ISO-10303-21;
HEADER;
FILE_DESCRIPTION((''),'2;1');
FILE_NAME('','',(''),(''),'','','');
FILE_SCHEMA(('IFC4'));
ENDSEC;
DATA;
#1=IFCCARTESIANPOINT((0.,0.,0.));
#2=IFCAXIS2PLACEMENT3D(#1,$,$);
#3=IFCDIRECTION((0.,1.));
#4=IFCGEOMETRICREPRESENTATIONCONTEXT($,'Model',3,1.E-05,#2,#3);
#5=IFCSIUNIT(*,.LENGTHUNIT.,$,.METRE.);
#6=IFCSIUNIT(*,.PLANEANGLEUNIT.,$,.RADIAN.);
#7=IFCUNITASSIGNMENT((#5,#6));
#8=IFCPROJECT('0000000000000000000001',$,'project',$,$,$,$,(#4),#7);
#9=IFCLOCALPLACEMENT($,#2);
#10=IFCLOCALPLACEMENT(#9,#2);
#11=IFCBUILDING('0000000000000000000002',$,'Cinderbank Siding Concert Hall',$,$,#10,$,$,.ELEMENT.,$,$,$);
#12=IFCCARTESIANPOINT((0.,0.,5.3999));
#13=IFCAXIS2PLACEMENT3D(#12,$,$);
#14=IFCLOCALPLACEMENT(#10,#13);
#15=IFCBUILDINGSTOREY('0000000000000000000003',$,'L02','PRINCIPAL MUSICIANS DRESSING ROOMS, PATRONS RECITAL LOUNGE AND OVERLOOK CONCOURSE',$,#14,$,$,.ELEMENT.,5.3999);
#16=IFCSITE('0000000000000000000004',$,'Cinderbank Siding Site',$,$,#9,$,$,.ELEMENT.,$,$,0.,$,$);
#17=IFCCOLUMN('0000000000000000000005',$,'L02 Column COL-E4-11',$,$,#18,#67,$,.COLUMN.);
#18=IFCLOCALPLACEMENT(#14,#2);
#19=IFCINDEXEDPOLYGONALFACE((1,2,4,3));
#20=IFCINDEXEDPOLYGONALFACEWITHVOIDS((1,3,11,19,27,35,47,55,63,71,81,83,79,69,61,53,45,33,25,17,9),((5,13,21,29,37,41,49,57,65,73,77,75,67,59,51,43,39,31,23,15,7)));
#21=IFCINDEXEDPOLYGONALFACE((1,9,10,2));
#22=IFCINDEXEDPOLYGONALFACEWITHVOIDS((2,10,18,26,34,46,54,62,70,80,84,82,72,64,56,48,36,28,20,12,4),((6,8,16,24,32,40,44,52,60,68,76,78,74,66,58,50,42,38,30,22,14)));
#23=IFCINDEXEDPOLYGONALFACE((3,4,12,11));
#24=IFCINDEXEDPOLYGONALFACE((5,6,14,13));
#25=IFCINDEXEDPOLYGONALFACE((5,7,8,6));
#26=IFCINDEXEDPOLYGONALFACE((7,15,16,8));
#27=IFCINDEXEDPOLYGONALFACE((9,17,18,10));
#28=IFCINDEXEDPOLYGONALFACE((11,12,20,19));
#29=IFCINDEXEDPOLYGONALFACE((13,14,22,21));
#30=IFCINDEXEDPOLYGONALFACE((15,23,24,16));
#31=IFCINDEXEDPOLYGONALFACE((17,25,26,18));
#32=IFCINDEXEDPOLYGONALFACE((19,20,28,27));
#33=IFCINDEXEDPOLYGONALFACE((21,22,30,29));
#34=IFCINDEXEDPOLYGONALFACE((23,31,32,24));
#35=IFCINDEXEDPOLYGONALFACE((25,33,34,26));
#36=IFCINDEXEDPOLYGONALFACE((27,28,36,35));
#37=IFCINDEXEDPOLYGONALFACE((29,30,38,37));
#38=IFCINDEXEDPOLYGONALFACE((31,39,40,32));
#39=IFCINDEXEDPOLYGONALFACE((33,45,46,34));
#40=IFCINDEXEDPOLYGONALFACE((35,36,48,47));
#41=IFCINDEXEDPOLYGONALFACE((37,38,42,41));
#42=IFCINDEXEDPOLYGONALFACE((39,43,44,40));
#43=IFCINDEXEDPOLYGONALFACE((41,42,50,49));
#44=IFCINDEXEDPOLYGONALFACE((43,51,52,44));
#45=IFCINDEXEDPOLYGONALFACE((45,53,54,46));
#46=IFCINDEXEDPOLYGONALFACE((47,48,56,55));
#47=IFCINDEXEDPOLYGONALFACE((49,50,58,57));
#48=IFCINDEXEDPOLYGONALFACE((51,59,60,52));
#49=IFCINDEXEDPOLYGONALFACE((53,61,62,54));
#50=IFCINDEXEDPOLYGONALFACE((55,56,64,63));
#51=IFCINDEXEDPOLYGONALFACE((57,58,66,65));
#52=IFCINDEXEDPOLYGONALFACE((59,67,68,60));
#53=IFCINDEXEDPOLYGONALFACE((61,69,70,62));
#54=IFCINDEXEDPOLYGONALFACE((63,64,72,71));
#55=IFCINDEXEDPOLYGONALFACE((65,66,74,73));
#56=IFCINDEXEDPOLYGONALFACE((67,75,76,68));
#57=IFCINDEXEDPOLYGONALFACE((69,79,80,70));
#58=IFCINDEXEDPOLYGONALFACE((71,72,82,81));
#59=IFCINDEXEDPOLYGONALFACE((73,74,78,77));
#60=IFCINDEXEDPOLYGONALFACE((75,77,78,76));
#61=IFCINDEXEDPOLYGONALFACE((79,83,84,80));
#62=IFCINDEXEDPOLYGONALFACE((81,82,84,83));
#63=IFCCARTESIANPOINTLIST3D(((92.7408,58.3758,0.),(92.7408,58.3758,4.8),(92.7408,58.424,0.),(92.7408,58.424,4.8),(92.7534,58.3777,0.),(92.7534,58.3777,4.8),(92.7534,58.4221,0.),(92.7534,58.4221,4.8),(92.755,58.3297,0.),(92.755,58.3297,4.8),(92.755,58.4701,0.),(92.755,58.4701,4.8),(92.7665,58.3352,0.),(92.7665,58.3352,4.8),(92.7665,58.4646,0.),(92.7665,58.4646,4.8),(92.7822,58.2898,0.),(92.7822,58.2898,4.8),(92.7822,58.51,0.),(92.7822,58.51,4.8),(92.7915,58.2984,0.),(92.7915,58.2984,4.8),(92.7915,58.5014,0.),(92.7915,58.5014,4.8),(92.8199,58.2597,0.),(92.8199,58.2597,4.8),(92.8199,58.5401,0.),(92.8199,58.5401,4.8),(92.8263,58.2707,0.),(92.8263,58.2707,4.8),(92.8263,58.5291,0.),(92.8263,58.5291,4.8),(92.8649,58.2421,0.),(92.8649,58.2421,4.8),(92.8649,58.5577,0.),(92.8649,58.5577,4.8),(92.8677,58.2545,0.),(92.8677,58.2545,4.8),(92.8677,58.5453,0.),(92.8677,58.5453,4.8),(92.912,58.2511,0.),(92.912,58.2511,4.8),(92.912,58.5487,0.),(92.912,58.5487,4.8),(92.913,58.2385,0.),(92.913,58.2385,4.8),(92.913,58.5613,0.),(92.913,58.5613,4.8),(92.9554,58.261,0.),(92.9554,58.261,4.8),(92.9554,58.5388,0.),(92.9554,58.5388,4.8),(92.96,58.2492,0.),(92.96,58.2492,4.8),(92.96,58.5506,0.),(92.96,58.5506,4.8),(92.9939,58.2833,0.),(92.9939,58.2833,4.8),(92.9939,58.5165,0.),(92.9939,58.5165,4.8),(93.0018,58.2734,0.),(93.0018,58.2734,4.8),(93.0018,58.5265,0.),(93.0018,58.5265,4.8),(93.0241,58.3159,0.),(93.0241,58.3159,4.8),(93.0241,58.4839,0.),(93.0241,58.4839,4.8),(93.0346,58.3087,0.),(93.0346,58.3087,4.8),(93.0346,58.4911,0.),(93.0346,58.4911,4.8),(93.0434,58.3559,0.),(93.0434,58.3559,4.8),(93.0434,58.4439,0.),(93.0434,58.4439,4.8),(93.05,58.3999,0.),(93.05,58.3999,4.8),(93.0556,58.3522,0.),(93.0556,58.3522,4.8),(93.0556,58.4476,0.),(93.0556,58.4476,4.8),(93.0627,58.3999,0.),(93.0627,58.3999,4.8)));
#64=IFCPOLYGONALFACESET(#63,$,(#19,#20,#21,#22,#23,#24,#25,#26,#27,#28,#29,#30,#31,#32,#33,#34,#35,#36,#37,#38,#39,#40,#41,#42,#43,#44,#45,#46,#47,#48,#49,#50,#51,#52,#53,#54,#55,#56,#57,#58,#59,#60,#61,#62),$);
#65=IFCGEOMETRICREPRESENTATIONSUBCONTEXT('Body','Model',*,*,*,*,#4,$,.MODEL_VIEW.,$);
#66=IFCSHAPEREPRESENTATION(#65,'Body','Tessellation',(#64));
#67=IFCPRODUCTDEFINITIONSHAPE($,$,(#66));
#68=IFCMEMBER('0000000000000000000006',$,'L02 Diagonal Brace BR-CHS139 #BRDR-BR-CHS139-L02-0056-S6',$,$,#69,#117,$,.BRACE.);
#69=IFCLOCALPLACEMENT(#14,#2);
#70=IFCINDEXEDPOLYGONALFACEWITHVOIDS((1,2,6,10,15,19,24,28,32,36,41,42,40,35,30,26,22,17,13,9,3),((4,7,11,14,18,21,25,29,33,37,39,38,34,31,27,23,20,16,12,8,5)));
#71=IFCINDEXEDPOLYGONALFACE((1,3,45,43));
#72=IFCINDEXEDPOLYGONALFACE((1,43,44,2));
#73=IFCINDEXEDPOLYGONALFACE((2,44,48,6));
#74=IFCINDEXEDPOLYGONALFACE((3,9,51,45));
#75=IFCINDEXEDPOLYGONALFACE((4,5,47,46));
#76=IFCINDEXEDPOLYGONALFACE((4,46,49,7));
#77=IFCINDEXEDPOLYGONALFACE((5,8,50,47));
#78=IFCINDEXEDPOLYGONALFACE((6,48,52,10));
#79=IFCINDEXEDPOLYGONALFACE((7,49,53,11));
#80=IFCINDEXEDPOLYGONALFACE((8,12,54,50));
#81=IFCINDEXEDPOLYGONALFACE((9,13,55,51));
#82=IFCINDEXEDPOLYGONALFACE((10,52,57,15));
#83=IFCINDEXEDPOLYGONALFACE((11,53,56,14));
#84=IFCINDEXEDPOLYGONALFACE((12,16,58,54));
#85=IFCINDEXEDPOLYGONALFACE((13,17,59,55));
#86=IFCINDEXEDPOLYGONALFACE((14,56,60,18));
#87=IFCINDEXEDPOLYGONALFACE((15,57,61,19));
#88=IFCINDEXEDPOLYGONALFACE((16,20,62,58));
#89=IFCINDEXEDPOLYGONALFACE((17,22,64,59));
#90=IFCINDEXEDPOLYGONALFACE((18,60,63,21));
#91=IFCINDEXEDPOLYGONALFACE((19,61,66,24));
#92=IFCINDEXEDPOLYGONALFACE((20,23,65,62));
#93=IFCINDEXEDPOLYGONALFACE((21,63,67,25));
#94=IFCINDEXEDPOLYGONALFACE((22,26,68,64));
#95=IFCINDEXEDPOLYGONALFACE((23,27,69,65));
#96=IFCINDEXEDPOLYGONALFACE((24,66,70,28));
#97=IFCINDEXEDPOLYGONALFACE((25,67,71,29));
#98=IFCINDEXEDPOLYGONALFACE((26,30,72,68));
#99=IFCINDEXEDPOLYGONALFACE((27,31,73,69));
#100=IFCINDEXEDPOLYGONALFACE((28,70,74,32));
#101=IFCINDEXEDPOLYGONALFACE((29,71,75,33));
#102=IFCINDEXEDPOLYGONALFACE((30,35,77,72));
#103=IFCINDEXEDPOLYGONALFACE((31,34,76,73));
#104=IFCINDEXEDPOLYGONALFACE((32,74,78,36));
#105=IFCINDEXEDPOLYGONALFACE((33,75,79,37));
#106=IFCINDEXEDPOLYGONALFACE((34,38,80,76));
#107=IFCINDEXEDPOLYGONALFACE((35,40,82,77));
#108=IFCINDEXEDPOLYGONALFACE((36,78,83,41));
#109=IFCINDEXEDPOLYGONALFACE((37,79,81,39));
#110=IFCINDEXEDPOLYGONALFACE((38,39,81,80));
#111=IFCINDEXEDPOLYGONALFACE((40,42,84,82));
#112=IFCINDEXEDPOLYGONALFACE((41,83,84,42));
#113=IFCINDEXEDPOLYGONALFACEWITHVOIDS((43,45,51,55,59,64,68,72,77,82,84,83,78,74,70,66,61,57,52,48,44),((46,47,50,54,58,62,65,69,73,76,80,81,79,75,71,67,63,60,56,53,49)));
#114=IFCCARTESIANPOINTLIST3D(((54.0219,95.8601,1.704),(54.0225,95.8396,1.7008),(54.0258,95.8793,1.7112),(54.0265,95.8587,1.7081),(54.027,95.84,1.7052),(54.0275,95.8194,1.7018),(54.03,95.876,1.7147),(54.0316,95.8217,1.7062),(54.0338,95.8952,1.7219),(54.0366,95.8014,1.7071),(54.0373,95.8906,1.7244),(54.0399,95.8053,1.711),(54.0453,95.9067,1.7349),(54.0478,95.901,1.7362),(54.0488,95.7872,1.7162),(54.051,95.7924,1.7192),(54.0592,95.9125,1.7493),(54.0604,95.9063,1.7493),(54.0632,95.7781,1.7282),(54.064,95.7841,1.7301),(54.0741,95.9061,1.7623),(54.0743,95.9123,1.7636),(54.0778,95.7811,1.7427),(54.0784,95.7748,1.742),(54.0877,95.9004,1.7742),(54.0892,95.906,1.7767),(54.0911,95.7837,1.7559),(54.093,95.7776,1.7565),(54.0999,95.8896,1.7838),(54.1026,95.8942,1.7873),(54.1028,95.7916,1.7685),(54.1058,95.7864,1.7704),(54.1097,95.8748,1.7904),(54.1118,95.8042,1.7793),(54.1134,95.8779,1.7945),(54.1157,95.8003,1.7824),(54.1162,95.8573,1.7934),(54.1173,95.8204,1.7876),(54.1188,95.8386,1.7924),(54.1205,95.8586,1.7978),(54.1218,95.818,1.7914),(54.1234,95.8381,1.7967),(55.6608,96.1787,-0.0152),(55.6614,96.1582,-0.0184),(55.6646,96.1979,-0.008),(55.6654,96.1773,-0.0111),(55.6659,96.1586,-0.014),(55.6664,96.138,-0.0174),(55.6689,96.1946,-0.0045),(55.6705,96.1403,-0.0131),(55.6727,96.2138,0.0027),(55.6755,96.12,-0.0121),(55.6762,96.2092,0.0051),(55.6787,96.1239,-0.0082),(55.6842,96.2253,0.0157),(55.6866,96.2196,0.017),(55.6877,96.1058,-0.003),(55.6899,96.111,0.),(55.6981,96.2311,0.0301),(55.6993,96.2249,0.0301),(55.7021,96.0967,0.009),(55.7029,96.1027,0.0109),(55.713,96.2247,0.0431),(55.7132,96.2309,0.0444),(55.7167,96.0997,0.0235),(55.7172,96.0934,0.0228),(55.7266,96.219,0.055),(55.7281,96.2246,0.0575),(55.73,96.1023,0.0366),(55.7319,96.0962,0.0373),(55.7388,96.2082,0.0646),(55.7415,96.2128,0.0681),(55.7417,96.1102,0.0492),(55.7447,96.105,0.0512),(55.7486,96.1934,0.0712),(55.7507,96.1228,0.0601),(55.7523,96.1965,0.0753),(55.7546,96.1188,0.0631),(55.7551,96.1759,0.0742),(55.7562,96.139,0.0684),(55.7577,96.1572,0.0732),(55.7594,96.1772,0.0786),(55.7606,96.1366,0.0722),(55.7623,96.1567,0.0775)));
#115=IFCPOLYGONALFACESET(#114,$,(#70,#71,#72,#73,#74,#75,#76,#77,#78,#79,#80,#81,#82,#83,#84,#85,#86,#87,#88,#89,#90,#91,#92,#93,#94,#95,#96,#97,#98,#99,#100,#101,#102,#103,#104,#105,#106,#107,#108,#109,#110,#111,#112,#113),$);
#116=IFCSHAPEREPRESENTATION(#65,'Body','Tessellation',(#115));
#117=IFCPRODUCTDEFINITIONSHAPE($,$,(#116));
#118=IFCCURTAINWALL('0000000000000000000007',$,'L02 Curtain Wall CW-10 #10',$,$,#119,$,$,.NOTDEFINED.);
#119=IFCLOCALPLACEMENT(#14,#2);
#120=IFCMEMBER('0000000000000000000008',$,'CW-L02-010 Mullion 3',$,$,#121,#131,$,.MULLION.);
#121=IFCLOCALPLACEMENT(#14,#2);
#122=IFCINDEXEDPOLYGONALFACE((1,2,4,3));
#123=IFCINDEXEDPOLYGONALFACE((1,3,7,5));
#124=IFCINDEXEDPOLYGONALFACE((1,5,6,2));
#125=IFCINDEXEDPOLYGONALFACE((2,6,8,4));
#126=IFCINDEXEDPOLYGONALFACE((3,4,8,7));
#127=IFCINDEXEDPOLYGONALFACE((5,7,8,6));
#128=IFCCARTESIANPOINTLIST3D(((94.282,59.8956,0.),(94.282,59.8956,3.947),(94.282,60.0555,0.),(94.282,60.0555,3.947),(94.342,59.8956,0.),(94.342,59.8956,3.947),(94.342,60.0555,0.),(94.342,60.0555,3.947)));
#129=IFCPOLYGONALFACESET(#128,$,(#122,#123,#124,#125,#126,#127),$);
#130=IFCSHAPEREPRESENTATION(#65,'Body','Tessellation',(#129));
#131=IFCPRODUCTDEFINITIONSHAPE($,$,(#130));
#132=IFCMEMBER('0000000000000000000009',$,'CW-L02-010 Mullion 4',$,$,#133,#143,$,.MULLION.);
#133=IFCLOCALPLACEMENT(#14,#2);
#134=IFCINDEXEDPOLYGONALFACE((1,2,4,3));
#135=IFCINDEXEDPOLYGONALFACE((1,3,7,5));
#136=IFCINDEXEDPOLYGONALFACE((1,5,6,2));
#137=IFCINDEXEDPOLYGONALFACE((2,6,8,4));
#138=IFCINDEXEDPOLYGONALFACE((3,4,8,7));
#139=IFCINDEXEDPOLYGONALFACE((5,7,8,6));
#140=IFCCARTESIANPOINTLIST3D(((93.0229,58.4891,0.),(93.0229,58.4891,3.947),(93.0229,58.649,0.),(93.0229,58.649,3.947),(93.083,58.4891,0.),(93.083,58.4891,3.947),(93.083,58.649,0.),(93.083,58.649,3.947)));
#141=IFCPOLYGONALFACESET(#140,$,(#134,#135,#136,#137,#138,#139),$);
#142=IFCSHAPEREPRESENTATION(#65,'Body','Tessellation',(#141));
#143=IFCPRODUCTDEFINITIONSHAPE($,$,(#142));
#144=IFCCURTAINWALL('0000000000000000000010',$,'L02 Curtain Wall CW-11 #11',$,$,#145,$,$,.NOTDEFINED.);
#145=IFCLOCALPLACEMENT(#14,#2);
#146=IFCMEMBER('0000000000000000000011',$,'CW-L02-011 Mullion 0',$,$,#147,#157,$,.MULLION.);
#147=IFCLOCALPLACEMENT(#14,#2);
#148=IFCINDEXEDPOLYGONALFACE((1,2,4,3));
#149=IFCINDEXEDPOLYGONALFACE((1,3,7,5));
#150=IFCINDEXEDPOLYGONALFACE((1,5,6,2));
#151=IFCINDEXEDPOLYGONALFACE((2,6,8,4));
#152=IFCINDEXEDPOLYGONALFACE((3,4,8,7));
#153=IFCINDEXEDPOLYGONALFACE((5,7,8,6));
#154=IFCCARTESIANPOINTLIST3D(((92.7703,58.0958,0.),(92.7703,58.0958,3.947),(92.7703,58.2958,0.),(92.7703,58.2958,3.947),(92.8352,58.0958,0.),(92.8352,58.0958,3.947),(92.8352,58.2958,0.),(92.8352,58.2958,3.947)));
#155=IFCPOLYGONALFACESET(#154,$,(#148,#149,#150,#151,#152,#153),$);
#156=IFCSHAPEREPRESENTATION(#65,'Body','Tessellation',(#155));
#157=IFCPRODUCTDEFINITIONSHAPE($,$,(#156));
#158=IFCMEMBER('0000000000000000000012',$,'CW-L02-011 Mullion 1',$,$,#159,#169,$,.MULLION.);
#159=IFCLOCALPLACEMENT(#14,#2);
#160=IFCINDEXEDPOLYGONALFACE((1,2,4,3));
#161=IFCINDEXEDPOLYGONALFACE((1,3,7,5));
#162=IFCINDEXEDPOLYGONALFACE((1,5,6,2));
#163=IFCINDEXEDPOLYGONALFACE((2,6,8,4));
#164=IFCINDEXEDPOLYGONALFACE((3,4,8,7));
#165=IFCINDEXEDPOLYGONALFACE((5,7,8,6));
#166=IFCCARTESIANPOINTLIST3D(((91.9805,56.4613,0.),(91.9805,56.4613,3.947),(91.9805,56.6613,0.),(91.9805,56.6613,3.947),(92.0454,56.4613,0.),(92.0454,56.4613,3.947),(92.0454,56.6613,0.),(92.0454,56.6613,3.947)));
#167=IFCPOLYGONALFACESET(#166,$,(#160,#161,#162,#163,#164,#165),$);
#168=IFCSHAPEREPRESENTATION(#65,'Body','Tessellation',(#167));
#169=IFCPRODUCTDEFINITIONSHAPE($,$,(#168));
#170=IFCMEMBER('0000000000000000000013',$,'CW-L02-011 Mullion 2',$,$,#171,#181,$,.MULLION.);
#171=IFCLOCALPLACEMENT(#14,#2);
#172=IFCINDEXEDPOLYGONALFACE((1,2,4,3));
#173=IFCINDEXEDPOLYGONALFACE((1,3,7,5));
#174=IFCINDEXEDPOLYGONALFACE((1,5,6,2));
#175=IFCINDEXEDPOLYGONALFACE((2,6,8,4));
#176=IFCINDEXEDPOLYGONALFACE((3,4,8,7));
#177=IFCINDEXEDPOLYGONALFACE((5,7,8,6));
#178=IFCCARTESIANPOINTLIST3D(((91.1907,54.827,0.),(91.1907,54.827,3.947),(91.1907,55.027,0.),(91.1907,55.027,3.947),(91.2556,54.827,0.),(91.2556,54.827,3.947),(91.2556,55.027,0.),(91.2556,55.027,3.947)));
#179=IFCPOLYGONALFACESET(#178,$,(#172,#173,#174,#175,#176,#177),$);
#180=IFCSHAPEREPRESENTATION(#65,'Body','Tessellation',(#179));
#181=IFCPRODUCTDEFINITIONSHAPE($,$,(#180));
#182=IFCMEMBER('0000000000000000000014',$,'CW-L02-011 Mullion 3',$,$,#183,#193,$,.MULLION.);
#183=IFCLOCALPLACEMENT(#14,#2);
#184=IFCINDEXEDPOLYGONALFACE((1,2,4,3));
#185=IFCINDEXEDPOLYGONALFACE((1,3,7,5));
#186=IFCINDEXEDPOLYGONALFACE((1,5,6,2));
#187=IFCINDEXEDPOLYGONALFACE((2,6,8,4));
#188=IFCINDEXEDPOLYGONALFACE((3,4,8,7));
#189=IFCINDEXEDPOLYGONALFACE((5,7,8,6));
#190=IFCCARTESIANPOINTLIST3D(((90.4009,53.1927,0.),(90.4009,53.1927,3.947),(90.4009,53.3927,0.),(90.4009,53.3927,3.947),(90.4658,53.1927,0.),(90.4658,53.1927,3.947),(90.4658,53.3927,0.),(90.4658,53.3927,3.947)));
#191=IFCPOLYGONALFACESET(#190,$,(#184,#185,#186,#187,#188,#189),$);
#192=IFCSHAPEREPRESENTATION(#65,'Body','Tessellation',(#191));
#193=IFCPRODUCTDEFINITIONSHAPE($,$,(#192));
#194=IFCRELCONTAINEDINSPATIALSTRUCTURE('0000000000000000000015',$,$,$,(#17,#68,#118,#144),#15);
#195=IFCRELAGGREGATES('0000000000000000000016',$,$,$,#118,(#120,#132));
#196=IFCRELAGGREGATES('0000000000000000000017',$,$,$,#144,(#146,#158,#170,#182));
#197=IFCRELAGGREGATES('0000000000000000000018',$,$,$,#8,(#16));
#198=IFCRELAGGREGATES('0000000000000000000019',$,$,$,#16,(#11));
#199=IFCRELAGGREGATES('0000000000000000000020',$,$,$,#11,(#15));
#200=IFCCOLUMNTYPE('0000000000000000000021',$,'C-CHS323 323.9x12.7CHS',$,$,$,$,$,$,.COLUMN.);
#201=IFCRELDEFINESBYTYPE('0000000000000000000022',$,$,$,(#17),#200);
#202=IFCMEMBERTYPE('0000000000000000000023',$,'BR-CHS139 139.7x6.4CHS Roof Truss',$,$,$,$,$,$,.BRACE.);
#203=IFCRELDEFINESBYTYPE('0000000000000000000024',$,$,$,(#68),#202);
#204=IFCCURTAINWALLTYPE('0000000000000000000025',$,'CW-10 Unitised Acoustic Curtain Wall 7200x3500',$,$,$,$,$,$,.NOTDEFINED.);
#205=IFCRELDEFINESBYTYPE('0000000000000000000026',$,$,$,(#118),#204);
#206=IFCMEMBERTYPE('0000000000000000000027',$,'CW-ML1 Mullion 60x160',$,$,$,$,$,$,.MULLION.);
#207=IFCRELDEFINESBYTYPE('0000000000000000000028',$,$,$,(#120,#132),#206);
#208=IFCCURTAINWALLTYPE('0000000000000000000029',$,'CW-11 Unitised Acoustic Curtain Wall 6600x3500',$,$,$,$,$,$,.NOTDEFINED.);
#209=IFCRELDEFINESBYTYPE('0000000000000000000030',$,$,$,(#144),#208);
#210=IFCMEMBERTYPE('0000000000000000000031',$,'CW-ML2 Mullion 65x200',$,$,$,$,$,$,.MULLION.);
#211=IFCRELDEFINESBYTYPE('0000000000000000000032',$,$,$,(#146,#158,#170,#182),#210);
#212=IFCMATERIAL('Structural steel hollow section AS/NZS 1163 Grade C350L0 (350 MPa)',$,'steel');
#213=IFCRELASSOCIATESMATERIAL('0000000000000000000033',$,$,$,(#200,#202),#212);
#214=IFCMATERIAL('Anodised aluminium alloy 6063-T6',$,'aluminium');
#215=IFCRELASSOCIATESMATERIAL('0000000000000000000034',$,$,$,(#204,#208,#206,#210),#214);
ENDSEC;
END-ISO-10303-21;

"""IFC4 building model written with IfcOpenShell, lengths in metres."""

from ifc_helpers import new_model, si_unit, direction, frame, origin, origin_2d, place, context, subcontext, project, spatial, rectangle, hollow_circle, extrude, material, material_profile, profile_set, type_object, element, aggregate, save


model = new_model("IFC4")

# Units and contexts
model_context = context("Model", 3, precision=1e-05, world=origin(), true_north=direction((0.0, 1.0)))
body_context = subcontext(model_context, "Body", "Model", "MODEL_VIEW")
ifc_project = project(units=[si_unit("LENGTHUNIT", "METRE"), si_unit("PLANEANGLEUNIT", "RADIAN")], contexts=[model_context])

# Site, building, storey
site_placement = place(None, origin())
site = spatial("IfcSite", under=ifc_project, at=site_placement, Name="Cinderbank Siding Site", CompositionType="ELEMENT", RefElevation=0.0)
building_placement = place(site_placement, origin())
building = spatial("IfcBuilding", under=site, at=building_placement, Name="Cinderbank Siding Concert Hall", CompositionType="ELEMENT")
storey_placement = place(building_placement, frame((0.0, 0.0, 5.3999)))
storey = spatial("IfcBuildingStorey", under=building, at=storey_placement, Name="L02", Description="PRINCIPAL MUSICIANS DRESSING ROOMS, PATRONS RECITAL LOUNGE AND OVERLOOK CONCOURSE", CompositionType="ELEMENT", Elevation=5.3999)

# Column
ifc_material_1 = material(Name="Structural steel hollow section AS/NZS 1163 Grade C350L0 (350 MPa)", Category="steel")
ifc_material_profile_1 = material_profile(ifc_material_1, hollow_circle(Radius=0.1619, WallThickness=0.0127, at=origin_2d()), Name="323.9x12.7CHS", Category="LoadBearing")
ifc_profile_set_1 = profile_set([ifc_material_profile_1], Name="Structural steel hollow section AS/NZS 1163 Grade C350L0 (350 MPa)")
column_type = type_object("IfcColumnType", Name="C-CHS323 323.9x12.7CHS", PredefinedType="COLUMN", material=ifc_profile_set_1)
column_placement = place(storey_placement, frame((92.9009, 58.3999, 0.0), z_axis=(0.0, 0.0, 1.0), x_axis=(1.0, 0.0, 0.0)))
element("IfcColumn", 1, at=column_placement, inside=storey, type_object=column_type, Name="L02 Column COL-E4-11", PredefinedType="COLUMN", context=body_context, shape_type="SweptSolid", body=[
    extrude(hollow_circle(Radius=0.1619, WallThickness=0.0127, at=origin_2d()), origin(), (0.0, 0.0, 1.0), 4.8),
])

# Member
ifc_material_profile_2 = material_profile(ifc_material_1, hollow_circle(Radius=0.0698, WallThickness=0.0063, at=origin_2d()), Name="139.7x6.4CHS", Category="LoadBearing")
ifc_profile_set_2 = profile_set([ifc_material_profile_2], Name="Structural steel hollow section AS/NZS 1163 Grade C350L0 (350 MPa)")
member_type_1 = type_object("IfcMemberType", Name="BR-CHS139 139.7x6.4CHS Roof Truss", PredefinedType="BRACE", material=ifc_profile_set_2)
member_1_placement = place(storey_placement, frame((54.0725, 95.844, 1.7493), z_axis=(0.683872, 0.132944, -0.717388), x_axis=(-0.190827, 0.981624, 0.0)))
element("IfcMember", 2, at=member_1_placement, inside=storey, type_object=member_type_1, Name="L02 Diagonal Brace BR-CHS139 #BRDR-BR-CHS139-L02-0056-S6", PredefinedType="BRACE", context=body_context, shape_type="SweptSolid", body=[
    extrude(hollow_circle(Radius=0.0698, WallThickness=0.0063, at=origin_2d()), origin(), (0.0, 0.0, 1.0), 2.3965),
])

# Curtain walls, members
ifc_material_2 = material(Name="Anodised aluminium alloy 6063-T6", Category="aluminium")
curtain_wall_type_1 = type_object("IfcCurtainWallType", Name="CW-10 Unitised Acoustic Curtain Wall 7200x3500", PredefinedType="NOTDEFINED", material=ifc_material_2)
curtain_wall_1_placement = place(storey_placement, origin())
curtain_wall_1 = element("IfcCurtainWall", 3, at=curtain_wall_1_placement, inside=storey, type_object=curtain_wall_type_1, Name="L02 Curtain Wall CW-10 #10", PredefinedType="NOTDEFINED")
ifc_material_profile_3 = material_profile(ifc_material_2, rectangle(XDim=0.0601, YDim=0.1599, at=origin_2d()), Name="ALU-MULL-60x160", Category="LoadBearing")
ifc_profile_set_3 = profile_set([ifc_material_profile_3], Name="Anodised aluminium alloy 6063-T6")
member_type_2 = type_object("IfcMemberType", Name="CW-ML1 Mullion 60x160", PredefinedType="MULLION", material=ifc_profile_set_3)
member_2_placement = place(storey_placement, frame((94.312, 59.9756, 0.0), z_axis=(0.0, 0.0, 1.0), x_axis=(1.0, 0.0, 0.0)))
member_2 = element("IfcMember", 4, at=member_2_placement, type_object=member_type_2, Name="CW-L02-010 Mullion 3", PredefinedType="MULLION", context=body_context, shape_type="SweptSolid", body=[
    extrude(rectangle(XDim=0.0601, YDim=0.1599, at=origin_2d()), origin(), (0.0, 0.0, 1.0), 3.947),
])
member_3_placement = place(storey_placement, frame((93.053, 58.5691, 0.0), z_axis=(0.0, 0.0, 1.0), x_axis=(1.0, 0.0, 0.0)))
member_3 = element("IfcMember", 5, at=member_3_placement, type_object=member_type_2, Name="CW-L02-010 Mullion 4", PredefinedType="MULLION", context=body_context, shape_type="SweptSolid", body=[
    extrude(rectangle(XDim=0.0601, YDim=0.1599, at=origin_2d()), origin(), (0.0, 0.0, 1.0), 3.947),
])
curtain_wall_type_2 = type_object("IfcCurtainWallType", Name="CW-11 Unitised Acoustic Curtain Wall 6600x3500", PredefinedType="NOTDEFINED", material=ifc_material_2)
curtain_wall_2_placement = place(storey_placement, origin())
curtain_wall_2 = element("IfcCurtainWall", 6, at=curtain_wall_2_placement, inside=storey, type_object=curtain_wall_type_2, Name="L02 Curtain Wall CW-11 #11", PredefinedType="NOTDEFINED")
ifc_material_profile_4 = material_profile(ifc_material_2, rectangle(XDim=0.0649, YDim=0.2, at=origin_2d()), Name="ALU-MULL-65x200", Category="LoadBearing")
ifc_profile_set_4 = profile_set([ifc_material_profile_4], Name="Anodised aluminium alloy 6063-T6")
member_type_3 = type_object("IfcMemberType", Name="CW-ML2 Mullion 65x200", PredefinedType="MULLION", material=ifc_profile_set_4)
member_4_placement = place(storey_placement, frame((92.8027, 58.1958, 0.0), z_axis=(0.0, 0.0, 1.0), x_axis=(1.0, 0.0, 0.0)))
member_4 = element("IfcMember", 7, at=member_4_placement, type_object=member_type_3, Name="CW-L02-011 Mullion 0", PredefinedType="MULLION", context=body_context, shape_type="SweptSolid", body=[
    extrude(rectangle(XDim=0.0649, YDim=0.2, at=origin_2d()), origin(), (0.0, 0.0, 1.0), 3.947),
])
member_5_placement = place(storey_placement, frame((92.0129, 56.5613, 0.0), z_axis=(0.0, 0.0, 1.0), x_axis=(1.0, 0.0, 0.0)))
member_5 = element("IfcMember", 8, at=member_5_placement, type_object=member_type_3, Name="CW-L02-011 Mullion 1", PredefinedType="MULLION", context=body_context, shape_type="SweptSolid", body=[
    extrude(rectangle(XDim=0.0649, YDim=0.2, at=origin_2d()), origin(), (0.0, 0.0, 1.0), 3.947),
])
member_6_placement = place(storey_placement, frame((91.2231, 54.927, 0.0), z_axis=(0.0, 0.0, 1.0), x_axis=(1.0, 0.0, 0.0)))
member_6 = element("IfcMember", 9, at=member_6_placement, type_object=member_type_3, Name="CW-L02-011 Mullion 2", PredefinedType="MULLION", context=body_context, shape_type="SweptSolid", body=[
    extrude(rectangle(XDim=0.0649, YDim=0.2, at=origin_2d()), origin(), (0.0, 0.0, 1.0), 3.947),
])
member_7_placement = place(storey_placement, frame((90.4333, 53.2927, 0.0), z_axis=(0.0, 0.0, 1.0), x_axis=(1.0, 0.0, 0.0)))
member_7 = element("IfcMember", 10, at=member_7_placement, type_object=member_type_3, Name="CW-L02-011 Mullion 3", PredefinedType="MULLION", context=body_context, shape_type="SweptSolid", body=[
    extrude(rectangle(XDim=0.0649, YDim=0.2, at=origin_2d()), origin(), (0.0, 0.0, 1.0), 3.947),
])

aggregate(curtain_wall_1, [member_2, member_3])
aggregate(curtain_wall_2, [member_4, member_5, member_6, member_7])

save(model, "model.ifc")
